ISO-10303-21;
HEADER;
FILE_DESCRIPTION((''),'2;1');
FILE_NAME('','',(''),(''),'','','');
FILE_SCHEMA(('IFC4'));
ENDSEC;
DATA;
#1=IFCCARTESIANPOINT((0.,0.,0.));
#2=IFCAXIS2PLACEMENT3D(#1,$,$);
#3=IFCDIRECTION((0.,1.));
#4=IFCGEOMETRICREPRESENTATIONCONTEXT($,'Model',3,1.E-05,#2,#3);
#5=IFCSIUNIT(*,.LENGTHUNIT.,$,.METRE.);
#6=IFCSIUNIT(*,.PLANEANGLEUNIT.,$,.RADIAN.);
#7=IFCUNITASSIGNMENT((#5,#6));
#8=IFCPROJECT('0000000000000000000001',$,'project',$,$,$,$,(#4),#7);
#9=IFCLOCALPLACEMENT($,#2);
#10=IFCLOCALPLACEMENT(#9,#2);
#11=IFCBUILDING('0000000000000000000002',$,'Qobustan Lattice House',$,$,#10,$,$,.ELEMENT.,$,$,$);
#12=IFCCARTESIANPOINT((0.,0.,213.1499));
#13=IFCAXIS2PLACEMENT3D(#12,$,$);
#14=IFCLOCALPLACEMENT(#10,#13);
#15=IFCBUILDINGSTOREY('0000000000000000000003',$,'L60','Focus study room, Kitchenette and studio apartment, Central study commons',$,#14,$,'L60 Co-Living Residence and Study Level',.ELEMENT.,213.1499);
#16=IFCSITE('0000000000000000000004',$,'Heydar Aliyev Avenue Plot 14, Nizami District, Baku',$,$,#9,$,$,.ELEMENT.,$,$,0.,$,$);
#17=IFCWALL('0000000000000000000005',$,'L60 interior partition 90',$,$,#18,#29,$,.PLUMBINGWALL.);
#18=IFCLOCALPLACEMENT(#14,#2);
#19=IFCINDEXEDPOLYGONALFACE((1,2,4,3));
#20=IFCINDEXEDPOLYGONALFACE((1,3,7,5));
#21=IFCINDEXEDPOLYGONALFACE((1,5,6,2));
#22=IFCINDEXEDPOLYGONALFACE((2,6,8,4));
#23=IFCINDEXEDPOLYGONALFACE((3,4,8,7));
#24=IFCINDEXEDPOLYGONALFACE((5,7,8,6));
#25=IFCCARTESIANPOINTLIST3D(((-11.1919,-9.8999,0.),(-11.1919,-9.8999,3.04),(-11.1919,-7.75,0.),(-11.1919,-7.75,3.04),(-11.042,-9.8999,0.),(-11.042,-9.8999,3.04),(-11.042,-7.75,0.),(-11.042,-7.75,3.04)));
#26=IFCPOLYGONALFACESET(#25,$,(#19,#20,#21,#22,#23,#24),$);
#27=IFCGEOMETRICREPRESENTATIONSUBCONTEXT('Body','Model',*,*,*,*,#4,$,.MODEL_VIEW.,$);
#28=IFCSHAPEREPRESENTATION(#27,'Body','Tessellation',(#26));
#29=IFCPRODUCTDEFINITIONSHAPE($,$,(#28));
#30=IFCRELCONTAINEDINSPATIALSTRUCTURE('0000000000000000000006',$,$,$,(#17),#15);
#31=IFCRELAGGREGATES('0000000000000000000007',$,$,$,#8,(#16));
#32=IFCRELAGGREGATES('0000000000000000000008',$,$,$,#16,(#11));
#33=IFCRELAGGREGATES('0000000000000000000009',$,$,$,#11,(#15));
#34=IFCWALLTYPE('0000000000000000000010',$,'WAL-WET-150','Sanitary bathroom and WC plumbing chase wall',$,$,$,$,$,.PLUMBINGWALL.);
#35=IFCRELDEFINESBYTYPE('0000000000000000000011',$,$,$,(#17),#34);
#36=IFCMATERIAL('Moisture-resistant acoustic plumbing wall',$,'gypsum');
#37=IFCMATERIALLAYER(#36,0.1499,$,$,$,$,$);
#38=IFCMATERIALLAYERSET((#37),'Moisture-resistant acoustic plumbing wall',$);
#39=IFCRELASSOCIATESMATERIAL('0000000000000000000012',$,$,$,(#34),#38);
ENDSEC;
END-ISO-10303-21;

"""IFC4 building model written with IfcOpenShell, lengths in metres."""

from ifc_helpers import new_model, si_unit, direction, frame, frame_2d, origin, place, context, subcontext, project, spatial, rectangle, extrude, material, layer, layer_set, type_object, element, save


model = new_model("IFC4")

# Units and contexts
model_context = context("Model", 3, precision=1e-05, world=origin(), true_north=direction((0.0, 1.0)))
body_context = subcontext(model_context, "Body", "Model", "MODEL_VIEW")
ifc_project = project(units=[si_unit("LENGTHUNIT", "METRE"), si_unit("PLANEANGLEUNIT", "RADIAN")], contexts=[model_context])

# Site, building, storey
site_placement = place(None, origin())
site = spatial("IfcSite", under=ifc_project, at=site_placement, Name="Heydar Aliyev Avenue Plot 14, Nizami District, Baku", CompositionType="ELEMENT", RefElevation=0.0)
building_placement = place(site_placement, origin())
building = spatial("IfcBuilding", under=site, at=building_placement, Name="Qobustan Lattice House", CompositionType="ELEMENT")
storey_placement = place(building_placement, frame((0.0, 0.0, 213.1499)))
storey = spatial("IfcBuildingStorey", under=building, at=storey_placement, Name="L60", Description="Focus study room, Kitchenette and studio apartment, Central study commons", LongName="L60 Co-Living Residence and Study Level", CompositionType="ELEMENT", Elevation=213.1499)

# Shared definitions
ifc_material_1 = material(Name="Moisture-resistant acoustic plumbing wall", Category="gypsum")
ifc_layer_1 = layer(ifc_material_1, 0.1499)
ifc_layer_set_1 = layer_set([ifc_layer_1], Name="Moisture-resistant acoustic plumbing wall")
wall_type_1 = type_object("IfcWallType", Name="WAL-WET-150", Description="Sanitary bathroom and WC plumbing chase wall", PredefinedType="PLUMBINGWALL", material=ifc_layer_set_1)

# Wall
wall_1_placement = place(storey_placement, frame((-11.1169, -9.8999, 0.0), z_axis=(0.0, 0.0, 1.0), x_axis=(0.0, 1.0, 0.0)))
element("IfcWall", 1, at=wall_1_placement, inside=storey, type_object=wall_type_1, Name="L60 interior partition 90", PredefinedType="PLUMBINGWALL", context=body_context, shape_type="SweptSolid", body=[
    extrude(rectangle(XDim=2.1499, YDim=0.1499, at=frame_2d((1.075, 0.0))), origin(), (0.0, 0.0, 1.0), 3.04),
])

save(model, "model.ifc")
